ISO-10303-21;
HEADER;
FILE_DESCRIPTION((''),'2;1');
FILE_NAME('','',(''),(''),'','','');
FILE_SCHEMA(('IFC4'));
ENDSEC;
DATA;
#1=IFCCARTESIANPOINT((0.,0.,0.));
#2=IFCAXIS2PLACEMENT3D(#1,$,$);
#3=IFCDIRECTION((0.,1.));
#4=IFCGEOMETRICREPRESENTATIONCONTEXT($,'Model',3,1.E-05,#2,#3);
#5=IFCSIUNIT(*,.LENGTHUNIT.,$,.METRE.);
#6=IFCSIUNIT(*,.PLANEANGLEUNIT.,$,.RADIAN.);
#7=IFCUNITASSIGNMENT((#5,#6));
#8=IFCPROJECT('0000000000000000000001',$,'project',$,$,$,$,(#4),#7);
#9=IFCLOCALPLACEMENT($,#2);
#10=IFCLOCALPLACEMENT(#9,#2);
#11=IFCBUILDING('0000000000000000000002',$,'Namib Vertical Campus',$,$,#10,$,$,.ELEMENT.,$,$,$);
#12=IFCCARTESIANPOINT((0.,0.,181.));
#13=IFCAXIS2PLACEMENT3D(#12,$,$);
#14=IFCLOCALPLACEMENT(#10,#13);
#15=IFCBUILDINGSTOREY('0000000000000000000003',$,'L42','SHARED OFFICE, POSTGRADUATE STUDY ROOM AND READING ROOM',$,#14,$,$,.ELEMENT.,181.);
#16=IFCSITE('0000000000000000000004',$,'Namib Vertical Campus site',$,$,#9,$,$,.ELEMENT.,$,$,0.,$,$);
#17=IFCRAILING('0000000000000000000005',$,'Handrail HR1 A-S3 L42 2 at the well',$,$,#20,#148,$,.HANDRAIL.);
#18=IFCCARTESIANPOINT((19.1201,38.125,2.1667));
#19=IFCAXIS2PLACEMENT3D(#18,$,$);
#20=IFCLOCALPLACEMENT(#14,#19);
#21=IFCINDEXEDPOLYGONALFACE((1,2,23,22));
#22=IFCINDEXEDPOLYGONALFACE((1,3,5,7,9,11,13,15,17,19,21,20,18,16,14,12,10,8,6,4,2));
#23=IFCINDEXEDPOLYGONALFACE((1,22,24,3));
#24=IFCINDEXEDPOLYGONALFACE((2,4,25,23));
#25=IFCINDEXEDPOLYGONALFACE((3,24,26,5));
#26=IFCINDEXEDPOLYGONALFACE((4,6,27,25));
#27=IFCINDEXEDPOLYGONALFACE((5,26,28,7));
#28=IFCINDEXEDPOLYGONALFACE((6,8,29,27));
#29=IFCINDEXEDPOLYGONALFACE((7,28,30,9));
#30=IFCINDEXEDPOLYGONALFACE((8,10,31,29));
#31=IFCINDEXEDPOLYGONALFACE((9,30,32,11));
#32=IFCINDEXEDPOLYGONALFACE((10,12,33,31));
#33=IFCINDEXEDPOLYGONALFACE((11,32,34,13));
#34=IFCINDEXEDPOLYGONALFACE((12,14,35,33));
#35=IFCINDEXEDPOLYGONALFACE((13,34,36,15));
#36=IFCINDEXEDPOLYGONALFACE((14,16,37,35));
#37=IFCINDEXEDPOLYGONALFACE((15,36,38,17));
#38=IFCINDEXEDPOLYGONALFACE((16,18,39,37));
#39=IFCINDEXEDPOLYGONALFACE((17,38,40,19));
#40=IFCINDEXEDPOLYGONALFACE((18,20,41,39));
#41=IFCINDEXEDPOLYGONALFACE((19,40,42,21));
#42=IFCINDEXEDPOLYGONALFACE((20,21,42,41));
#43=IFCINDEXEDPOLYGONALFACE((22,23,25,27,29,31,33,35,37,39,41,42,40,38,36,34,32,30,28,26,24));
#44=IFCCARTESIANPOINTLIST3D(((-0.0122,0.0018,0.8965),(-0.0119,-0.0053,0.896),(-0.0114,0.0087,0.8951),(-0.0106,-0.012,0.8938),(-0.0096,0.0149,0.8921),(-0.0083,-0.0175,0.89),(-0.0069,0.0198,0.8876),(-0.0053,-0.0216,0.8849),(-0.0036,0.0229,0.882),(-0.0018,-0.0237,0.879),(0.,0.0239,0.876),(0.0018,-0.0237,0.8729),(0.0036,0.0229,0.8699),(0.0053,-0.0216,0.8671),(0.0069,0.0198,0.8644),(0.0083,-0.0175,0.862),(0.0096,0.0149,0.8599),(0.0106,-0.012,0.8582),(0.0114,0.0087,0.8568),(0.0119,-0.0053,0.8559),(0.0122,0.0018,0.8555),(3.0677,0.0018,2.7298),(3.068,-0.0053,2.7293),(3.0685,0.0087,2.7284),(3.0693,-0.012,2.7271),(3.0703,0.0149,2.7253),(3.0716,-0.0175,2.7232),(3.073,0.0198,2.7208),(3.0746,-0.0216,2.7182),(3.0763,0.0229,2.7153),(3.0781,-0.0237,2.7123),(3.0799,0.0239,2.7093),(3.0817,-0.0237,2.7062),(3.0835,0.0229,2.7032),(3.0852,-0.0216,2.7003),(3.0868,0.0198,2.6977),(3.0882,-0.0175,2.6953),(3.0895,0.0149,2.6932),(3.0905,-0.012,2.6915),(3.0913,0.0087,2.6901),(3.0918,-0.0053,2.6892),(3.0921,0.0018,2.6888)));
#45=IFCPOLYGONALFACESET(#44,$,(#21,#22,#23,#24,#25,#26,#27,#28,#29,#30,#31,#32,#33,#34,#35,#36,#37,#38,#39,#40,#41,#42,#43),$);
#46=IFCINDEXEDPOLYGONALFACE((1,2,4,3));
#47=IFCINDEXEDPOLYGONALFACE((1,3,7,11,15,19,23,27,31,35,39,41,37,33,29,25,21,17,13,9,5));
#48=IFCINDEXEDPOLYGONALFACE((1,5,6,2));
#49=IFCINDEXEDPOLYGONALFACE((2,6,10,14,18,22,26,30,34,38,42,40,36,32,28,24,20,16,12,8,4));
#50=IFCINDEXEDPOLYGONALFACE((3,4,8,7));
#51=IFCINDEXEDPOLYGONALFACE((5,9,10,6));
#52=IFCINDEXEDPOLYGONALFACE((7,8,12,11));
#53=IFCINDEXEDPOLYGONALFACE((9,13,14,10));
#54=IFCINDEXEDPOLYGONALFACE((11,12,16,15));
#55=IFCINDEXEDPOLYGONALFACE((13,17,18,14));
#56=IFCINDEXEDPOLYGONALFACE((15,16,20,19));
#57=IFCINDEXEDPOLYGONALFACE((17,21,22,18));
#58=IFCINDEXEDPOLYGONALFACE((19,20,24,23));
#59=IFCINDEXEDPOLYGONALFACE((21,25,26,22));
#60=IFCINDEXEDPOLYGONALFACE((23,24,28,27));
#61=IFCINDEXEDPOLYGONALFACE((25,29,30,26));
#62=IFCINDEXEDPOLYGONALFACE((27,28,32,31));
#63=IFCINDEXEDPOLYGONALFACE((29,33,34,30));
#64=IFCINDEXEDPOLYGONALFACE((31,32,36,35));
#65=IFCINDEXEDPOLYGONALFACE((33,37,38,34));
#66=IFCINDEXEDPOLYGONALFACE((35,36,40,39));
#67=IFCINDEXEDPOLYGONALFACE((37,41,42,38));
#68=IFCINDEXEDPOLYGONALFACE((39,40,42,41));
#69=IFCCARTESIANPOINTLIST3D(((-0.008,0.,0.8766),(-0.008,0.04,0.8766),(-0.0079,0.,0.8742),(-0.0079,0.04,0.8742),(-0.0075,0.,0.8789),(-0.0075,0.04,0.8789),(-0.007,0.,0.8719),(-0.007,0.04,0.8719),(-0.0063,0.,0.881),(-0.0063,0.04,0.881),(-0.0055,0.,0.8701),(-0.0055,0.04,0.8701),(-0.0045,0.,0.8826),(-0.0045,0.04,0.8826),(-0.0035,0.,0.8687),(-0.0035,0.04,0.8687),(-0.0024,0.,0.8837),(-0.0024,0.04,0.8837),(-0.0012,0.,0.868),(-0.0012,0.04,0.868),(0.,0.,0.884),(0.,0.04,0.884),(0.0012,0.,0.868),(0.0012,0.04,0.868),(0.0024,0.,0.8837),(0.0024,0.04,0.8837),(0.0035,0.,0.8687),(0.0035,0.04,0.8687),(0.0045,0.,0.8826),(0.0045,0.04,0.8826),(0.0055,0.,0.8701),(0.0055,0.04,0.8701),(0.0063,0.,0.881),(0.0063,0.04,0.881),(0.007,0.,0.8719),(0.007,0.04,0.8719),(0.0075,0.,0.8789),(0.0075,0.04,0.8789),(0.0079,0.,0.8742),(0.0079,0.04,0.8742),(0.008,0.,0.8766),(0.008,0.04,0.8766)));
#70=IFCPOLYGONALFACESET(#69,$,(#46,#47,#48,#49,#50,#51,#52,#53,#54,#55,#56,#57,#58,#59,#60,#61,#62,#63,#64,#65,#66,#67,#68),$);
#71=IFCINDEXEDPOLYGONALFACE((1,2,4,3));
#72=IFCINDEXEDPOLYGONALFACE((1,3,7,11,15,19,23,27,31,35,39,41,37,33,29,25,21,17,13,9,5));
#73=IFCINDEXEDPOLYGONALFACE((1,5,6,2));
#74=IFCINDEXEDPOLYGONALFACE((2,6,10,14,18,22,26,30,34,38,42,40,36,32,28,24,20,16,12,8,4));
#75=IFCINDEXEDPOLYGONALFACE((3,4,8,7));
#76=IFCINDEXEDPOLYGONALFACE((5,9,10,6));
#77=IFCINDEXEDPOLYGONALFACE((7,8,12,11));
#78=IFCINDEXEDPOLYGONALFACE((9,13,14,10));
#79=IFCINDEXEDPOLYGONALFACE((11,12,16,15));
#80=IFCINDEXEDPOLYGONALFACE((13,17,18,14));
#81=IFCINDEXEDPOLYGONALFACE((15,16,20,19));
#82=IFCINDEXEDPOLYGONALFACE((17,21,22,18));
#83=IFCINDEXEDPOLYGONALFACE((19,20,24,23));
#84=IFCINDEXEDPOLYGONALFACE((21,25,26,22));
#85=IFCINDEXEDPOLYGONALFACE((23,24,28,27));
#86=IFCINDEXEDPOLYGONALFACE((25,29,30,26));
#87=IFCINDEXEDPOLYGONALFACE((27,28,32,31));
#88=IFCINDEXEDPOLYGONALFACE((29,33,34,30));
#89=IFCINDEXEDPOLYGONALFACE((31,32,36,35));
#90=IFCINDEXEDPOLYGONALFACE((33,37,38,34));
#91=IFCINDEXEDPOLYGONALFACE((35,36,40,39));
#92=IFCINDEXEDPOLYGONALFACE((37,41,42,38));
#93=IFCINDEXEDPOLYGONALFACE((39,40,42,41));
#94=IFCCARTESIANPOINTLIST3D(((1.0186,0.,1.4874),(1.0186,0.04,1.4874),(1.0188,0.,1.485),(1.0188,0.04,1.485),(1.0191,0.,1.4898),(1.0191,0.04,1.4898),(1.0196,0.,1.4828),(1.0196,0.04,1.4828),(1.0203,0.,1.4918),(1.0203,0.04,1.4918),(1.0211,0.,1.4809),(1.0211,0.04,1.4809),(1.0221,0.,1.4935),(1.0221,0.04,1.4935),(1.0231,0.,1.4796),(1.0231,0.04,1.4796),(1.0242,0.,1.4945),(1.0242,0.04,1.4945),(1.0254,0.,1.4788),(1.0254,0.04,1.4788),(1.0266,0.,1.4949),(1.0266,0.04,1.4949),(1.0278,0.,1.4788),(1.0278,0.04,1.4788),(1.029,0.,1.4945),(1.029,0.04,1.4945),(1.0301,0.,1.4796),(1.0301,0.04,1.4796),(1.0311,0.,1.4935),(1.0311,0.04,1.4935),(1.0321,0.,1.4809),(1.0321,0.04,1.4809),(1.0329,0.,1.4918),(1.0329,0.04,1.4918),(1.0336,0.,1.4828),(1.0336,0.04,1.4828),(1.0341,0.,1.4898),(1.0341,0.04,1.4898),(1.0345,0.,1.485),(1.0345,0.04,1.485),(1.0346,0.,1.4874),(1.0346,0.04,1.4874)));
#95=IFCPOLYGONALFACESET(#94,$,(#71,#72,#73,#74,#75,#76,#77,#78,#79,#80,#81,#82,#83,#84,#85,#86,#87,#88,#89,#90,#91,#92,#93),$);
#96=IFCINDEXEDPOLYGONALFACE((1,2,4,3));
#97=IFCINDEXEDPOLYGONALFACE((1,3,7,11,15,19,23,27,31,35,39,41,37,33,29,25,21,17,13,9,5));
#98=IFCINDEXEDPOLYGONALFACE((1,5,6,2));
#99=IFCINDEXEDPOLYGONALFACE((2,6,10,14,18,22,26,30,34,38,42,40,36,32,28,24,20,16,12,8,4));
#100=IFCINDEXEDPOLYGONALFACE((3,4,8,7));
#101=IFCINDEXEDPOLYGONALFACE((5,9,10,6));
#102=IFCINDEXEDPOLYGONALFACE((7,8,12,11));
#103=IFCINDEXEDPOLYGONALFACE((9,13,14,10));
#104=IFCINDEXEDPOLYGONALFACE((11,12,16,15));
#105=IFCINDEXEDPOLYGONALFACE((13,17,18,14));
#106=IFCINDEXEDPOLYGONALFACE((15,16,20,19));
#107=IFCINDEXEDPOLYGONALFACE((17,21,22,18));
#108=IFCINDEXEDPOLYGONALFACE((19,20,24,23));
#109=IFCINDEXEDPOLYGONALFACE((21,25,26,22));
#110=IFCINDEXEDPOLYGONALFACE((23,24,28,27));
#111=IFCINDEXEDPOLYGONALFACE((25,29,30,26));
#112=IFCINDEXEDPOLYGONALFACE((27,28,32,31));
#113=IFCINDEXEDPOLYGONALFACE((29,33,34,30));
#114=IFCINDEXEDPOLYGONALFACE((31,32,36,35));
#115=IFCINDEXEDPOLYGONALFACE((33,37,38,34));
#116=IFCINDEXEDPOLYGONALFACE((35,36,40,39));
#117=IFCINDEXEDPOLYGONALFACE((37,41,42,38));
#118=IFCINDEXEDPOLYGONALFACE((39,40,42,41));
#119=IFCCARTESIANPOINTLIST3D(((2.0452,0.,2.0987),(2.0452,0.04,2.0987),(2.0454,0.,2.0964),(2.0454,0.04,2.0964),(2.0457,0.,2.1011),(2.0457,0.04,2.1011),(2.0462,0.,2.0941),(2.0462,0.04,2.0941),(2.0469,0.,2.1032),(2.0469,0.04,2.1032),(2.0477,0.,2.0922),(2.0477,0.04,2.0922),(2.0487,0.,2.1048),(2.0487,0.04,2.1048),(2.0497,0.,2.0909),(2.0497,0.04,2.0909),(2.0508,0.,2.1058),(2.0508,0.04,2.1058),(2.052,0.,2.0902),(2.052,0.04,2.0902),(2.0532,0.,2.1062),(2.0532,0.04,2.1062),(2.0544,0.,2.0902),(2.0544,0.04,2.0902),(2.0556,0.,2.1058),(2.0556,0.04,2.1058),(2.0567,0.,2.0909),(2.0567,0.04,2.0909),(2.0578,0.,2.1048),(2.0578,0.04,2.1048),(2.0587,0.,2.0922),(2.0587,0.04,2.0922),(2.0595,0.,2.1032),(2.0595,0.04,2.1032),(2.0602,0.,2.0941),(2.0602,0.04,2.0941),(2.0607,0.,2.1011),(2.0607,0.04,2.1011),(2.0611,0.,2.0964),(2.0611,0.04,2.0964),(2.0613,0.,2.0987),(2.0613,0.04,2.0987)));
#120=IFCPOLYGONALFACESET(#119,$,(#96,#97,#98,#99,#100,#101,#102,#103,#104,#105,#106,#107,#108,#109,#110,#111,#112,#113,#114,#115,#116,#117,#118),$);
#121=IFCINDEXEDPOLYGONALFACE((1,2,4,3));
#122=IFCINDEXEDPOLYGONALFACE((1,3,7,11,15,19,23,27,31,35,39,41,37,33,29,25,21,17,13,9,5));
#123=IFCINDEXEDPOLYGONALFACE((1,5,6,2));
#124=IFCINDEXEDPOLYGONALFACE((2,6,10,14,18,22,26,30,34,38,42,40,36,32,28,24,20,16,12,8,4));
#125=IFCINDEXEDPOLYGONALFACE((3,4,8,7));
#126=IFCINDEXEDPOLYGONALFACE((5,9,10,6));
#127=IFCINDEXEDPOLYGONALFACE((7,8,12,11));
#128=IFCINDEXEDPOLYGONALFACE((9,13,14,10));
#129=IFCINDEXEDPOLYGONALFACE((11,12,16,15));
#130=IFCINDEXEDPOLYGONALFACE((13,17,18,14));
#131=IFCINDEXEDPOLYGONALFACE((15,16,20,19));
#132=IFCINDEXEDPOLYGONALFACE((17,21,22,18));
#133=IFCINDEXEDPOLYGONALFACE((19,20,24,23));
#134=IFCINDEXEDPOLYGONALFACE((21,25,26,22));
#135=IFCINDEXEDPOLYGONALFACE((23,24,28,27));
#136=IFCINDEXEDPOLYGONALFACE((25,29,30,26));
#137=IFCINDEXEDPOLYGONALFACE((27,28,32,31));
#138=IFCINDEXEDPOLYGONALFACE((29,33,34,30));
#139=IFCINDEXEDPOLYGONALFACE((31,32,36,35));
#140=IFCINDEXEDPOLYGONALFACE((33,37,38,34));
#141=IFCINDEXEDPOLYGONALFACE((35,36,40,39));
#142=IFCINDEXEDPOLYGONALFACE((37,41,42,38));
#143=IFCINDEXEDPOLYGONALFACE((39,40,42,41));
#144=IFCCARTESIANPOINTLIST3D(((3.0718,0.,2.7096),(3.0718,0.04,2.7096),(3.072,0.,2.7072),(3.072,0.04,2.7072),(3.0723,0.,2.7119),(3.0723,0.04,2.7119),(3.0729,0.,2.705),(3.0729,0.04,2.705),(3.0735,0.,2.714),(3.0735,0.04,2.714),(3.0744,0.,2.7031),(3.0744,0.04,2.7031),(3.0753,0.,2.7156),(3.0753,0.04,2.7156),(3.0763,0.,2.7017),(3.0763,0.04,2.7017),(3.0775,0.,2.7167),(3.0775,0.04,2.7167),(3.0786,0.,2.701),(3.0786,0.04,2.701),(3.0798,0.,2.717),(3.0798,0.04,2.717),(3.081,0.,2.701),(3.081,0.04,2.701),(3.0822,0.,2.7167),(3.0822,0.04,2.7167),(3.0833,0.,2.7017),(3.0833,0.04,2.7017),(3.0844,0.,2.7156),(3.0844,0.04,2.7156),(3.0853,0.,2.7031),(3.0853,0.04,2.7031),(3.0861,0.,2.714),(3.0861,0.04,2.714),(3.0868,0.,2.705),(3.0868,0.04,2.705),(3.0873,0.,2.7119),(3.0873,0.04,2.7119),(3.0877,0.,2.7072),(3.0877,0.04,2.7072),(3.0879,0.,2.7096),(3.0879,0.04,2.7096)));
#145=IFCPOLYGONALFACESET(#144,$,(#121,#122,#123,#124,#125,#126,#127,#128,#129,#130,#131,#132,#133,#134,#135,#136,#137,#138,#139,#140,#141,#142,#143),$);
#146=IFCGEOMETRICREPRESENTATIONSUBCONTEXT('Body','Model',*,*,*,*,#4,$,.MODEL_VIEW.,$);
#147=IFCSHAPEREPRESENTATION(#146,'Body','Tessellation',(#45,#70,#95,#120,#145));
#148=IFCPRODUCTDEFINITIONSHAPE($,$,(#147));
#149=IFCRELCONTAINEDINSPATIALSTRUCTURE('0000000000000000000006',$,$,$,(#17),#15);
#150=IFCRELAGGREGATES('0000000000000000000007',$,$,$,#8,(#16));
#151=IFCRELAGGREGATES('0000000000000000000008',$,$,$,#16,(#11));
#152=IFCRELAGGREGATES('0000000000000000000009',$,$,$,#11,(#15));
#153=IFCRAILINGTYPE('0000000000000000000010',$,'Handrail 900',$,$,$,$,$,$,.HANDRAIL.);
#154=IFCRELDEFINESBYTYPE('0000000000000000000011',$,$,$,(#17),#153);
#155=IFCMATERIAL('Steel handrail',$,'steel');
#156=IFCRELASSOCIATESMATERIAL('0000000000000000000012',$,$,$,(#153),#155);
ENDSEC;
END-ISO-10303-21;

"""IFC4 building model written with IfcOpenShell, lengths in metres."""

from ifc_helpers import new_model, si_unit, direction, frame, origin, origin_2d, place, context, subcontext, project, spatial, circle, extrude, material, type_object, element, save


model = new_model("IFC4")

# Units and contexts
model_context = context("Model", 3, precision=1e-05, world=origin(), true_north=direction((0.0, 1.0)))
body_context = subcontext(model_context, "Body", "Model", "MODEL_VIEW")
ifc_project = project(units=[si_unit("LENGTHUNIT", "METRE"), si_unit("PLANEANGLEUNIT", "RADIAN")], contexts=[model_context])

# Site, building, storey
site_placement = place(None, origin())
site = spatial("IfcSite", under=ifc_project, at=site_placement, Name="Namib Vertical Campus site", CompositionType="ELEMENT", RefElevation=0.0)
building_placement = place(site_placement, origin())
building = spatial("IfcBuilding", under=site, at=building_placement, Name="Namib Vertical Campus", CompositionType="ELEMENT")
storey_placement = place(building_placement, frame((0.0, 0.0, 181.0)))
storey = spatial("IfcBuildingStorey", under=building, at=storey_placement, Name="L42", Description="SHARED OFFICE, POSTGRADUATE STUDY ROOM AND READING ROOM", CompositionType="ELEMENT", Elevation=181.0)

# Railing
ifc_material_1 = material(Name="Steel handrail", Category="steel")
railing_type_1 = type_object("IfcRailingType", Name="Handrail 900", PredefinedType="HANDRAIL", material=ifc_material_1)
railing_1_placement = place(storey_placement, frame((19.1201, 38.125, 2.1667)))
element("IfcRailing", 1, at=railing_1_placement, inside=storey, type_object=railing_type_1, Name="Handrail HR1 A-S3 L42 2 at the well", PredefinedType="HANDRAIL", context=body_context, shape_type="SweptSolid", body=[
    extrude(circle(Radius=0.0239, at=origin_2d()), frame((0.0, 0.0, 0.876), z_axis=(0.859291, 0.0, 0.511487), x_axis=(0.0, 1.0, 0.0)), (0.0, 0.0, 1.0), 3.5842),
    extrude(circle(Radius=0.0081, at=origin_2d()), frame((0.0, 0.0, 0.876), z_axis=(0.0, 1.0, 0.0), x_axis=(0.0, 0.0, 1.0)), (0.0, 0.0, 1.0), 0.04),
    extrude(circle(Radius=0.0081, at=origin_2d()), frame((1.0266, 0.0, 1.4868), z_axis=(0.0, 1.0, 0.0), x_axis=(0.0, 0.0, 1.0)), (0.0, 0.0, 1.0), 0.04),
    extrude(circle(Radius=0.0081, at=origin_2d()), frame((2.0532, 0.0, 2.0981), z_axis=(0.0, 1.0, 0.0), x_axis=(0.0, 0.0, 1.0)), (0.0, 0.0, 1.0), 0.04),
    extrude(circle(Radius=0.0081, at=origin_2d()), frame((3.0798, 0.0, 2.709), z_axis=(0.0, 1.0, 0.0), x_axis=(0.0, 0.0, 1.0)), (0.0, 0.0, 1.0), 0.04),
])

save(model, "model.ifc")
